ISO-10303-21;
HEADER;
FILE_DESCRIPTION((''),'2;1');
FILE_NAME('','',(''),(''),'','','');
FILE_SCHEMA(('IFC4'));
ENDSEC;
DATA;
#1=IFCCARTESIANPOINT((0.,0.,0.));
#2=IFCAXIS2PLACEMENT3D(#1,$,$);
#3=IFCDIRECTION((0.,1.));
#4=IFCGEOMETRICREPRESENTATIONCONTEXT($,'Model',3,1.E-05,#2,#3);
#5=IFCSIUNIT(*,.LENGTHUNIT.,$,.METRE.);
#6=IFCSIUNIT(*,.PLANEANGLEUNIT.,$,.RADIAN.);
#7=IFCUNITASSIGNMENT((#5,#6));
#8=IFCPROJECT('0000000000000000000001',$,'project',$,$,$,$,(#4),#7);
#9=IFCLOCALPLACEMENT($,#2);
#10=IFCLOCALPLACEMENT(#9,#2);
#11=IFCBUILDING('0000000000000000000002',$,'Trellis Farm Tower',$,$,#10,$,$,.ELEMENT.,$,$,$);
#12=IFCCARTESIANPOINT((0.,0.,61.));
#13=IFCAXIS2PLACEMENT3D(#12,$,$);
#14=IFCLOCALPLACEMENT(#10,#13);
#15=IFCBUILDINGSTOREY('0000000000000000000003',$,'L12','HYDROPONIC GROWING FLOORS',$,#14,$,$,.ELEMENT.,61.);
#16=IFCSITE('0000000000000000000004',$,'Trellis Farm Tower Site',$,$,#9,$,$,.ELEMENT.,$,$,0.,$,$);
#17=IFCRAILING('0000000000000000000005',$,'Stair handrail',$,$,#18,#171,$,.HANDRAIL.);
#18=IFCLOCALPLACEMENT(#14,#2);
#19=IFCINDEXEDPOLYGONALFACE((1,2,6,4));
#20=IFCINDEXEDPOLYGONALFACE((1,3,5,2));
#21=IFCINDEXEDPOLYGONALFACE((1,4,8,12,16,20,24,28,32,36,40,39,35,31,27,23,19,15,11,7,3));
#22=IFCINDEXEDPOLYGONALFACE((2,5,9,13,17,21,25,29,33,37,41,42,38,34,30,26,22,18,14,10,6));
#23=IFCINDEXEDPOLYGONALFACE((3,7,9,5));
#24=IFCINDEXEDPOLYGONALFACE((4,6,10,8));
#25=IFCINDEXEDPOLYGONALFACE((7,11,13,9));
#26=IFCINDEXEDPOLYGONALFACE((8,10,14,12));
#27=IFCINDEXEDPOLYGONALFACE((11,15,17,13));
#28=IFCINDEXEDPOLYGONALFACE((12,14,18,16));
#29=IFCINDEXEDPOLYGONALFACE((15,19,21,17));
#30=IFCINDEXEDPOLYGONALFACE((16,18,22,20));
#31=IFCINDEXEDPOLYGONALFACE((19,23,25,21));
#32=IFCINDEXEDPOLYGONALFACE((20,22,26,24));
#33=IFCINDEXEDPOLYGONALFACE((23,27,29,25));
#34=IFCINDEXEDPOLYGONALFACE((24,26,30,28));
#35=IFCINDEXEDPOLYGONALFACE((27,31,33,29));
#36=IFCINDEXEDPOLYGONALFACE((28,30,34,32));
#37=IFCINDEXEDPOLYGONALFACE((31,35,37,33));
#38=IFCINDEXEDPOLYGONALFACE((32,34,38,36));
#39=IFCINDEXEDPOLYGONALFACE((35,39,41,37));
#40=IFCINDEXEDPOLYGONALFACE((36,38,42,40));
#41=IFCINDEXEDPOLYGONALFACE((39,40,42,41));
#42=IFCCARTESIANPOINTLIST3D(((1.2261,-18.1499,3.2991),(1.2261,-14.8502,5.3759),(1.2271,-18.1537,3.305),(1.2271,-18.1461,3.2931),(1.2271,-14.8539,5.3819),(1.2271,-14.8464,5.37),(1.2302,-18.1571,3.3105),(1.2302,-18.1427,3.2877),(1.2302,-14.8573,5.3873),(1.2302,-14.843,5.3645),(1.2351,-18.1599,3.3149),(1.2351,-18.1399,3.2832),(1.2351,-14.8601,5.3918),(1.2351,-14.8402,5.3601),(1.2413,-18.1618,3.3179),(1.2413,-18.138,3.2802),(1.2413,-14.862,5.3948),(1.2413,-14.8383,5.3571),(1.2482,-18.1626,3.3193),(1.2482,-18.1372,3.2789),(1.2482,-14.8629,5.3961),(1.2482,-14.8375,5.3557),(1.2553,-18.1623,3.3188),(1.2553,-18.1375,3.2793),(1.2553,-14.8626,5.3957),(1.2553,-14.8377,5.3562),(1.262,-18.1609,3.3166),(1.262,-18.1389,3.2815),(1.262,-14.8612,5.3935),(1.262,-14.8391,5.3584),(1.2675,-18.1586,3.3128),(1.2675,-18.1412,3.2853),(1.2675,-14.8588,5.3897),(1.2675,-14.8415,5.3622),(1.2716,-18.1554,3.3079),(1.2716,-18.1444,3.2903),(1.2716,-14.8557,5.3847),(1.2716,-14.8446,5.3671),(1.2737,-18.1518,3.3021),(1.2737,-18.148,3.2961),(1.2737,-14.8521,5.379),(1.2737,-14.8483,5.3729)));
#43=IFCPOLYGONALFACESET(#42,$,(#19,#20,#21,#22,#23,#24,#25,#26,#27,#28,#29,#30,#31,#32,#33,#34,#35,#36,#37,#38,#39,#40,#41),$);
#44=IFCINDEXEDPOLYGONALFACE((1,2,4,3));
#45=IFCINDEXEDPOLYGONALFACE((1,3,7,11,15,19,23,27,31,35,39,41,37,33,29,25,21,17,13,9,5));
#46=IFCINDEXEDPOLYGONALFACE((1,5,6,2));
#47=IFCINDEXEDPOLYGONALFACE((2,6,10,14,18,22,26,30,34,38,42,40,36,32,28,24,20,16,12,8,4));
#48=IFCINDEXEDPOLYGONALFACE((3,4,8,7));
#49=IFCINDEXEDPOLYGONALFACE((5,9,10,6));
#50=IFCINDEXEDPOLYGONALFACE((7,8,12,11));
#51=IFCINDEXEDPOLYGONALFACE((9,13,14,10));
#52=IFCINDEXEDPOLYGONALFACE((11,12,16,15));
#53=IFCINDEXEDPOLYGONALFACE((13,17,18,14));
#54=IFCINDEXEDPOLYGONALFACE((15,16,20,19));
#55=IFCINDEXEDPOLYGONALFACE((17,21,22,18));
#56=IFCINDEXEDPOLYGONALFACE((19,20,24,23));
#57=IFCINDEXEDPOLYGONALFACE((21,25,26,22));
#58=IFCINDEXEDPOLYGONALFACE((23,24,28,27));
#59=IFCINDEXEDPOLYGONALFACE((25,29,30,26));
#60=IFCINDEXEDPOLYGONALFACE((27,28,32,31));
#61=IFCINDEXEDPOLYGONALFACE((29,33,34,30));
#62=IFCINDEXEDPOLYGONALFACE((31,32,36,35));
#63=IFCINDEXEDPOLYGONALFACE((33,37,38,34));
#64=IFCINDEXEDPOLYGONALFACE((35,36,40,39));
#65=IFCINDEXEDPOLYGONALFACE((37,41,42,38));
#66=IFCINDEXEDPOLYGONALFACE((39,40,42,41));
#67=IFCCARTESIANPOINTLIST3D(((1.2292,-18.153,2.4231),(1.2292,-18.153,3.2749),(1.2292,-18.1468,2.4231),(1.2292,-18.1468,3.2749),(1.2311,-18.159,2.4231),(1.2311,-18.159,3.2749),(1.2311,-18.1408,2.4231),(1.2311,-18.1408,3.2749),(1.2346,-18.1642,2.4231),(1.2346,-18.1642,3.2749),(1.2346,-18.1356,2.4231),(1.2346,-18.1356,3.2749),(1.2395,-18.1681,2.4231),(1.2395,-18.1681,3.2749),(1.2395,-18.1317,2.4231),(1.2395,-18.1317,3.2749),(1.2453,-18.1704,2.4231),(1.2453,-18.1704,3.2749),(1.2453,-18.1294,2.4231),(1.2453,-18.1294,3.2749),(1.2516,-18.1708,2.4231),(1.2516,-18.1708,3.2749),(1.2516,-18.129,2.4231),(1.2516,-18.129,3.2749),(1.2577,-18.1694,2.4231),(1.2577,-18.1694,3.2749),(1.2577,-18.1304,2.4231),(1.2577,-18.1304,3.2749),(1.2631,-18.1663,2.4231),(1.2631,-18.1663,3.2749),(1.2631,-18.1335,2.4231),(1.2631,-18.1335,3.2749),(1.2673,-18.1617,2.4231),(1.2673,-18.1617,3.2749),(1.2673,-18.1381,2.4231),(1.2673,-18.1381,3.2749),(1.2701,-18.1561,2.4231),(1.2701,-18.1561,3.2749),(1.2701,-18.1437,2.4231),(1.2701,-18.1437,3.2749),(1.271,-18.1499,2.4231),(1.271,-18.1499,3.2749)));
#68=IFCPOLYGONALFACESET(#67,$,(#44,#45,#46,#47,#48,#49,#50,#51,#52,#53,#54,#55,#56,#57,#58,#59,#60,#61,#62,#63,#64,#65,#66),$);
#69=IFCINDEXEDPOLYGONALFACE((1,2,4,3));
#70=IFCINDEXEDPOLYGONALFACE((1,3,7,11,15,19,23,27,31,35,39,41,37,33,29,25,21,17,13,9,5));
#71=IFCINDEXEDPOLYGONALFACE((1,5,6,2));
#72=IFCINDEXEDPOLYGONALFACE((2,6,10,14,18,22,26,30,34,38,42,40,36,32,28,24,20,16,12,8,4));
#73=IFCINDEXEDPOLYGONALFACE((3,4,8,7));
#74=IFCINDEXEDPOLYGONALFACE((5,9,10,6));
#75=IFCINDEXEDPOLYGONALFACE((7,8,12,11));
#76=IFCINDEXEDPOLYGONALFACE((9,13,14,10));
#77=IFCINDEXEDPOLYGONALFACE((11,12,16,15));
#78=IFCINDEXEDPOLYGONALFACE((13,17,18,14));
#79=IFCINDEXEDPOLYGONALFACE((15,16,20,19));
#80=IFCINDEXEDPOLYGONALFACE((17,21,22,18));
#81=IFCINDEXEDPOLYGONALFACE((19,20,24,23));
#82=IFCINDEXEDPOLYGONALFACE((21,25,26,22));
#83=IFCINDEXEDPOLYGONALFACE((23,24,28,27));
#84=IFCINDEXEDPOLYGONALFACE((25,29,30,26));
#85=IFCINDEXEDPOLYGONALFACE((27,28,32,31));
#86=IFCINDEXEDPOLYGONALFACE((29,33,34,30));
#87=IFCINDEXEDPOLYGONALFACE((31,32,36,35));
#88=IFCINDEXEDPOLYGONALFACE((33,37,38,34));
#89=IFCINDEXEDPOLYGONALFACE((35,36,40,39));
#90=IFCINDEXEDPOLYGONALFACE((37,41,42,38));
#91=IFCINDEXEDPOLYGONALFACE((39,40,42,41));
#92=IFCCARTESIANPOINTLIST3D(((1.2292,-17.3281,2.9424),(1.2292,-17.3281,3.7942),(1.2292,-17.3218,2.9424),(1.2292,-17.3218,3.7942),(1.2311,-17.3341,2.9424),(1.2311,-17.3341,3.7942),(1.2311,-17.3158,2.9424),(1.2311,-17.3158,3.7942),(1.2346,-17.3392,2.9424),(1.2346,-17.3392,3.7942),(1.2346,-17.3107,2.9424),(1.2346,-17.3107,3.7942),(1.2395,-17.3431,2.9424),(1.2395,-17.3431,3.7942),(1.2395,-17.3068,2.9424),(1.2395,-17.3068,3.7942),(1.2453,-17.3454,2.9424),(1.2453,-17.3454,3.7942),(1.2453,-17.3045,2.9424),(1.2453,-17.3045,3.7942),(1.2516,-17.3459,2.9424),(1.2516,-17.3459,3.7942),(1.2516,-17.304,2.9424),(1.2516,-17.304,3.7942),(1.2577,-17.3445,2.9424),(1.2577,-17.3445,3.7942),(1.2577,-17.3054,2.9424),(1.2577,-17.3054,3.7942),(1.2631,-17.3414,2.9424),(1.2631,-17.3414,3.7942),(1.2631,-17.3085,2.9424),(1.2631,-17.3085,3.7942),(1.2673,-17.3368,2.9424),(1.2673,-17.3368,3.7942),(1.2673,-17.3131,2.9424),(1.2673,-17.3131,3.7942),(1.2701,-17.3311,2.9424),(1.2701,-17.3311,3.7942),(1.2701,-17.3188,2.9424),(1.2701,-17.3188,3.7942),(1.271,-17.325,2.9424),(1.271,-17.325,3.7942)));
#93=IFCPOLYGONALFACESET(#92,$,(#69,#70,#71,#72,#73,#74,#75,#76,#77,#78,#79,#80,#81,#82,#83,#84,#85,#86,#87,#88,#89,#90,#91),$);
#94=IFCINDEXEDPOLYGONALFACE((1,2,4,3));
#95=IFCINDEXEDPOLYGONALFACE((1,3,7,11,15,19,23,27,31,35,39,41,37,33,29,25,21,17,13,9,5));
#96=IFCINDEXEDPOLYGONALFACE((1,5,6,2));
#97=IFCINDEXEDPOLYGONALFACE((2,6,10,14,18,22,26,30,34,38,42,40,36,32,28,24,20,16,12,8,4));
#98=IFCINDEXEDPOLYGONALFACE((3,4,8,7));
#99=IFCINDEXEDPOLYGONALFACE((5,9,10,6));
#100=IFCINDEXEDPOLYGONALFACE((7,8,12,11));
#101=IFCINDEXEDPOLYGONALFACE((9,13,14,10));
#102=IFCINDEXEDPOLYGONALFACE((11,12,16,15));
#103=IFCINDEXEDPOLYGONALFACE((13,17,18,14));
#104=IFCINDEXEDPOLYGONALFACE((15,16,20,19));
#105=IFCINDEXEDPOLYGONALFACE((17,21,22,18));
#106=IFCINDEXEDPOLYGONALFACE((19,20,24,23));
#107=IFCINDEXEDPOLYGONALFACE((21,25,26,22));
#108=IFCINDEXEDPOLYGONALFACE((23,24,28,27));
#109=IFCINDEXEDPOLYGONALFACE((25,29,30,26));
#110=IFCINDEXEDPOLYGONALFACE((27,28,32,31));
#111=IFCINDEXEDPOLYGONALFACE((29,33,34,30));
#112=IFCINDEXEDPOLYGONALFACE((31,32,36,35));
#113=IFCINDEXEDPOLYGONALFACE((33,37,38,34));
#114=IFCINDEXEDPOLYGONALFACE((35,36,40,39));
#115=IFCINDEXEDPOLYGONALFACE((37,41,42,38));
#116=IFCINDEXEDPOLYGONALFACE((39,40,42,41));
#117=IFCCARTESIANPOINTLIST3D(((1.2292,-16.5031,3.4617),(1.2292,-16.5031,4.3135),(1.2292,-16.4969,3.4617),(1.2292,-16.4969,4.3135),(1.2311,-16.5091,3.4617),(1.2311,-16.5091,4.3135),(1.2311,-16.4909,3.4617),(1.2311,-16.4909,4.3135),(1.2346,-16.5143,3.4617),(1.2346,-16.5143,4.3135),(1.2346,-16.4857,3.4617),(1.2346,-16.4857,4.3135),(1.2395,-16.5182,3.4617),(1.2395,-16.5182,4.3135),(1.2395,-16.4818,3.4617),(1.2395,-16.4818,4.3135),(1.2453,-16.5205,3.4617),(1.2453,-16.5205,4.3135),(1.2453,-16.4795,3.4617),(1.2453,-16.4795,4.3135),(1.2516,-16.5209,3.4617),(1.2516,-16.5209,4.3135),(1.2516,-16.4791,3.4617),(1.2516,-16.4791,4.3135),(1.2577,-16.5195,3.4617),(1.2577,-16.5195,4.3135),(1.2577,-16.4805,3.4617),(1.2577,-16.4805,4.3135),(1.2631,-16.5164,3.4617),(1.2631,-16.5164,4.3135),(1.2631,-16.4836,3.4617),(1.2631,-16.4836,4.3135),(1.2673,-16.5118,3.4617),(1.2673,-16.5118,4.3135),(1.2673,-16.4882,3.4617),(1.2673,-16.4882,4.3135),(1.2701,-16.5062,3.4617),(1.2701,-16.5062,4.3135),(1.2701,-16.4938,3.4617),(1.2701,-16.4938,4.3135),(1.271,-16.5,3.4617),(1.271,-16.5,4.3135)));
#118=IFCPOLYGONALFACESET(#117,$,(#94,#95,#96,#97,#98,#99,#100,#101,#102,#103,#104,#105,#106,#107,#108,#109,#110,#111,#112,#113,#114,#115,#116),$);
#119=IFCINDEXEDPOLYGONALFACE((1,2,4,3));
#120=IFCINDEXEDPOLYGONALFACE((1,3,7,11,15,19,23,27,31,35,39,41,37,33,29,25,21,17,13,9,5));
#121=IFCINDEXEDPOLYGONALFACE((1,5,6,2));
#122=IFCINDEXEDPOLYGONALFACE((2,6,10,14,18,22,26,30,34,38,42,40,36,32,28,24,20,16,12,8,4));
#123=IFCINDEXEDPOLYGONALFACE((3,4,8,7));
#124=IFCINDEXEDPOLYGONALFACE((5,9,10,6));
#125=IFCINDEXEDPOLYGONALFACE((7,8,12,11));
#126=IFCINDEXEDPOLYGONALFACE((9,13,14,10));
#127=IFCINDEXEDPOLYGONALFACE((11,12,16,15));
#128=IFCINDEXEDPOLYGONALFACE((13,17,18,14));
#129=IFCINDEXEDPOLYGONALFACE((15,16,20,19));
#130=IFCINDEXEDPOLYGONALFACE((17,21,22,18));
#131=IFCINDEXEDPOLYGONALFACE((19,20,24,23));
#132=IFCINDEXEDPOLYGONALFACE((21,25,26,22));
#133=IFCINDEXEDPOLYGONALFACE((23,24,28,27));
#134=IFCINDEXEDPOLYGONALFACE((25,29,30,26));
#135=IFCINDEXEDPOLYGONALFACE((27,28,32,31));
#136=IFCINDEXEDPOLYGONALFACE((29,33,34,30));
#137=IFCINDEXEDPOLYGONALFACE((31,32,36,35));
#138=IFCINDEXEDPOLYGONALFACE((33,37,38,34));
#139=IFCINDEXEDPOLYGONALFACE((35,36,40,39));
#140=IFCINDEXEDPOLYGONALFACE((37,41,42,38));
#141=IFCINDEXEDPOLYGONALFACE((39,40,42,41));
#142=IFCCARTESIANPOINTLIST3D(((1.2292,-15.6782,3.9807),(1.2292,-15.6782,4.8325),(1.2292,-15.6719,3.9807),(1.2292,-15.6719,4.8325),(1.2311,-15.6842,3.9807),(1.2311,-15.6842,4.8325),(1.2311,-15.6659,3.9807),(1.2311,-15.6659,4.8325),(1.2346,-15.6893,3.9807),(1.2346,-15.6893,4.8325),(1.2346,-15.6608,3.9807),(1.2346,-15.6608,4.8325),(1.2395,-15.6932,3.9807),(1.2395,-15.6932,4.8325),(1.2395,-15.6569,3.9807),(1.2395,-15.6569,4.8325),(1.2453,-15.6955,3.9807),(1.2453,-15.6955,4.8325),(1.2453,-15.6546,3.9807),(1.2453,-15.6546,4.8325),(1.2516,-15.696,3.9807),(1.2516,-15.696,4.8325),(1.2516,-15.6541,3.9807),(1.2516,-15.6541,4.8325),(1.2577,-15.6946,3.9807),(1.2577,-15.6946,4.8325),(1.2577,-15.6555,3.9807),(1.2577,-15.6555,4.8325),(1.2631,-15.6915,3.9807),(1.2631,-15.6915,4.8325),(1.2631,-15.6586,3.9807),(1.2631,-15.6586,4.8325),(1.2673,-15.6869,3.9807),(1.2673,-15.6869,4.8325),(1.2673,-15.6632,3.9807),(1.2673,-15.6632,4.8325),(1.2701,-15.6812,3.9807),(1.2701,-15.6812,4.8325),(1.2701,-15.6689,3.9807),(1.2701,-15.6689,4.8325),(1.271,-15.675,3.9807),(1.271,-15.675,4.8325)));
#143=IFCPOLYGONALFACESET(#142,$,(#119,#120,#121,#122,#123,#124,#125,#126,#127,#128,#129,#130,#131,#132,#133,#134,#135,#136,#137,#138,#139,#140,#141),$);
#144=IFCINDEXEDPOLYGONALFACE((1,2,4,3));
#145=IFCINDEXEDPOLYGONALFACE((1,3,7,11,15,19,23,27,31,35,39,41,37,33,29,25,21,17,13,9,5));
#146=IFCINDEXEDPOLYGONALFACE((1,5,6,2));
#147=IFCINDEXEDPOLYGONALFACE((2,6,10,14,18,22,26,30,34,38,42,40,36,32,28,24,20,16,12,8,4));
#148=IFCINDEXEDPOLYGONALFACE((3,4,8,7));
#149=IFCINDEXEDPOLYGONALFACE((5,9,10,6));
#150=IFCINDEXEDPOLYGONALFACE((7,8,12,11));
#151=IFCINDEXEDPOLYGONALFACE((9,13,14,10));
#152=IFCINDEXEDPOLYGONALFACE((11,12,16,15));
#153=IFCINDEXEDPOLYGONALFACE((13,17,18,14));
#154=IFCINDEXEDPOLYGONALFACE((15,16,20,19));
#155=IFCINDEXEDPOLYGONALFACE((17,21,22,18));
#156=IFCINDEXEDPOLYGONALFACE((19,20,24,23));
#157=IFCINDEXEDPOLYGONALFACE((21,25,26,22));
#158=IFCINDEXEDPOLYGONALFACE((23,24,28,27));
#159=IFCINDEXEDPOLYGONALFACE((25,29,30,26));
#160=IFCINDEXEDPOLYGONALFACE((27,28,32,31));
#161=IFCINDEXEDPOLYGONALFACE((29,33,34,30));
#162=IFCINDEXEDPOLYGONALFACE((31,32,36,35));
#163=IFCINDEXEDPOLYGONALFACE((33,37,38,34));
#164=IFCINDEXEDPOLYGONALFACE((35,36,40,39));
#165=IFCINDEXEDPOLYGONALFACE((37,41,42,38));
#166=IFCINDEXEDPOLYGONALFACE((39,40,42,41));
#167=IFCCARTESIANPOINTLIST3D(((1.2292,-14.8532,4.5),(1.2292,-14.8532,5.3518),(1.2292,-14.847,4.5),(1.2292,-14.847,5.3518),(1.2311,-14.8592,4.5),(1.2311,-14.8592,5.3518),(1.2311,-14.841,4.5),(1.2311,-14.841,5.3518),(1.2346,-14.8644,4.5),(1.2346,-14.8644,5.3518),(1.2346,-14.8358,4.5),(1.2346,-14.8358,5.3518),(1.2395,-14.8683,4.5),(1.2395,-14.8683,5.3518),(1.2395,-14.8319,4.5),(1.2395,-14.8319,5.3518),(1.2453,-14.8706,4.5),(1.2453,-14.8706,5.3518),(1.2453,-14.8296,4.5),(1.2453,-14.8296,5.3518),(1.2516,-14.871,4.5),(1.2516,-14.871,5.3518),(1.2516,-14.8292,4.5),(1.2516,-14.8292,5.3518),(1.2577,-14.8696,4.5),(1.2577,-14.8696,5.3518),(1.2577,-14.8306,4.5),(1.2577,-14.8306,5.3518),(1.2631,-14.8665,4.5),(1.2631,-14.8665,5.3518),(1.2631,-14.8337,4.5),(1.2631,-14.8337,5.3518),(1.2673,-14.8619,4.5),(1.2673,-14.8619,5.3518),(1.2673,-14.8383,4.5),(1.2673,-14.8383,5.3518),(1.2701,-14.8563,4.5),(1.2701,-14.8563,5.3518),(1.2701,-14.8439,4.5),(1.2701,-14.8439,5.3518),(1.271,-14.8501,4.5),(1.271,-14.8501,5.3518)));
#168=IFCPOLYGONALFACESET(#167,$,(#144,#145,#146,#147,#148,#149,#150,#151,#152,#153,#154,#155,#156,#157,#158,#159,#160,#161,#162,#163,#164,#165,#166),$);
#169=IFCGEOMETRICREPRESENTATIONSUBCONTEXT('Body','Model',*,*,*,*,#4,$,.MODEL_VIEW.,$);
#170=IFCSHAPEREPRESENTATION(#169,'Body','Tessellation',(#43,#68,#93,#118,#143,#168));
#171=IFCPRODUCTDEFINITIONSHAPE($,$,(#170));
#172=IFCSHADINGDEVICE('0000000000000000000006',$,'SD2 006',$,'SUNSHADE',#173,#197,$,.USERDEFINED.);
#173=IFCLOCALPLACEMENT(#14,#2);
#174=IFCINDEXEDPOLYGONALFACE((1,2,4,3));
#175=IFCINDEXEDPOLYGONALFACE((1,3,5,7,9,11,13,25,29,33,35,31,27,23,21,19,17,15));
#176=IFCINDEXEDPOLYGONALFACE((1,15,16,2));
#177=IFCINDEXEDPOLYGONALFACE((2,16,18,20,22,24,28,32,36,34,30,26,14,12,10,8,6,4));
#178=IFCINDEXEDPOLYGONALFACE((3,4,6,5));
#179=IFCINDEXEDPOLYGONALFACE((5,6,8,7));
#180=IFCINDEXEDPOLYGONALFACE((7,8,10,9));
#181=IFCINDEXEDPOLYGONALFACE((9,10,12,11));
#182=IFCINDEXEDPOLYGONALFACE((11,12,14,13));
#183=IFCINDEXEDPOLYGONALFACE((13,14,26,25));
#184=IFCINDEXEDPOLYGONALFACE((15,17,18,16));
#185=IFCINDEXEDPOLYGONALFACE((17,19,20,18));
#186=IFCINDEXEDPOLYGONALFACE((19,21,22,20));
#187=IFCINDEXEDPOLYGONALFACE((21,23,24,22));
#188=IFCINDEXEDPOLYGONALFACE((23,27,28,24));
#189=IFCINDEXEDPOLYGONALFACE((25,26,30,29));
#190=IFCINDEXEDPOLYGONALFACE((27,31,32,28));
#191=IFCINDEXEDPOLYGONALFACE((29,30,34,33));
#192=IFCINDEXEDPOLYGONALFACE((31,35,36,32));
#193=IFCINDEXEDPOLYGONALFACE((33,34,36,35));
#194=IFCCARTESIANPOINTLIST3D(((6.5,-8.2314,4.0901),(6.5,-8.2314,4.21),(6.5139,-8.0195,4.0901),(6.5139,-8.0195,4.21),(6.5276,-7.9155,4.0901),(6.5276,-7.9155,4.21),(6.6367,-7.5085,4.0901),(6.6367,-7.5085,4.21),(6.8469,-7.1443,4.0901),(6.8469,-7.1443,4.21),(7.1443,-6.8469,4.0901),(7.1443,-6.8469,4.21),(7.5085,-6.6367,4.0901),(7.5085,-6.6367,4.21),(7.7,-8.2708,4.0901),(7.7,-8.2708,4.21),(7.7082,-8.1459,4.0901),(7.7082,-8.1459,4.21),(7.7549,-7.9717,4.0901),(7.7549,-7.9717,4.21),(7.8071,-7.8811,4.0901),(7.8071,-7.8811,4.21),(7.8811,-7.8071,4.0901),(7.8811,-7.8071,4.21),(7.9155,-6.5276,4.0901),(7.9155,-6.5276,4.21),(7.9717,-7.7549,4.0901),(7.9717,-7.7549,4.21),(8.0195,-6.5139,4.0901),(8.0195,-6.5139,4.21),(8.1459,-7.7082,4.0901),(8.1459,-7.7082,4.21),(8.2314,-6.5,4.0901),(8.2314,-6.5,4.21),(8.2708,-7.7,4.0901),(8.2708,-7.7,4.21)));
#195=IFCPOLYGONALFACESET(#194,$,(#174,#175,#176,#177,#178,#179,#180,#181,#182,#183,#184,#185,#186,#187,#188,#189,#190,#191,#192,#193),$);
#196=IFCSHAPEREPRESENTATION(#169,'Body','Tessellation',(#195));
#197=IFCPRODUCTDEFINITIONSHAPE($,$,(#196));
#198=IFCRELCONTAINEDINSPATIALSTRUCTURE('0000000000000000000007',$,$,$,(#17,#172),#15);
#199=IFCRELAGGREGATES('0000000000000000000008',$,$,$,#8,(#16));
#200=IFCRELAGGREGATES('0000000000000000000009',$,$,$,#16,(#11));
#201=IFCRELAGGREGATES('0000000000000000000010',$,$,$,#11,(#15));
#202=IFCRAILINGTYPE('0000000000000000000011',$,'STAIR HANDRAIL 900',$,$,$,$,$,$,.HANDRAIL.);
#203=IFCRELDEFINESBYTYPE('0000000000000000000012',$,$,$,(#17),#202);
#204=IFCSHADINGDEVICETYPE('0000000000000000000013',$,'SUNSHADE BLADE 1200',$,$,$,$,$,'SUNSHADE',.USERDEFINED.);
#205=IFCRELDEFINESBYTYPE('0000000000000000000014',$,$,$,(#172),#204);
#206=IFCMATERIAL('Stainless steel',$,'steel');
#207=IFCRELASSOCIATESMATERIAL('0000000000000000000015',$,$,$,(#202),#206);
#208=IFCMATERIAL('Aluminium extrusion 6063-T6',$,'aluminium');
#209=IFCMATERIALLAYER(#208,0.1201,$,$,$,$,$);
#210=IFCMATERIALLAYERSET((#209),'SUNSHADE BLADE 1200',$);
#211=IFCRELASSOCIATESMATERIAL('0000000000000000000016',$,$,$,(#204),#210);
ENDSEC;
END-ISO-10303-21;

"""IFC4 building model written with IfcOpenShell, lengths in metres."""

from ifc_helpers import new_model, si_unit, direction, frame, origin, origin_2d, place, context, subcontext, project, spatial, polyline, circle, outline, extrude, source, transform, mapped, material, layer, layer_set, type_object, element, save


model = new_model("IFC4")

# Units and contexts
model_context = context("Model", 3, precision=1e-05, world=origin(), true_north=direction((0.0, 1.0)))
body_context = subcontext(model_context, "Body", "Model", "MODEL_VIEW")
ifc_project = project(units=[si_unit("LENGTHUNIT", "METRE"), si_unit("PLANEANGLEUNIT", "RADIAN")], contexts=[model_context])

# Site, building, storey
site_placement = place(None, origin())
site = spatial("IfcSite", under=ifc_project, at=site_placement, Name="Trellis Farm Tower Site", CompositionType="ELEMENT", RefElevation=0.0)
building_placement = place(site_placement, origin())
building = spatial("IfcBuilding", under=site, at=building_placement, Name="Trellis Farm Tower", CompositionType="ELEMENT")
storey_placement = place(building_placement, frame((0.0, 0.0, 61.0)))
storey = spatial("IfcBuildingStorey", under=building, at=storey_placement, Name="L12", Description="HYDROPONIC GROWING FLOORS", CompositionType="ELEMENT", Elevation=61.0)

# Shared definitions
ifc_material_1 = material(Name="Aluminium extrusion 6063-T6", Category="aluminium")

# Railing
ifc_material_2 = material(Name="Stainless steel", Category="steel")
railing_type = type_object("IfcRailingType", Name="STAIR HANDRAIL 900", PredefinedType="HANDRAIL", material=ifc_material_2)
shared_shape_1 = source(origin(), body_context, "Body", "SweptSolid", [
    extrude(circle(Radius=0.0239, at=origin_2d()), frame((0.0, 0.0, 0.876), z_axis=(0.0, 0.84632, 0.532675), x_axis=(-1.0, 0.0, 0.0)), (0.0, 0.0, 1.0), 3.8989),
    extrude(circle(Radius=0.021, at=origin_2d()), origin(), (0.0, 0.0, 1.0), 0.8518),
    extrude(circle(Radius=0.021, at=origin_2d()), frame((0.0, 0.825, 0.5193)), (0.0, 0.0, 1.0), 0.8518),
    extrude(circle(Radius=0.021, at=origin_2d()), frame((0.0, 1.6499, 1.0386)), (0.0, 0.0, 1.0), 0.8518),
    extrude(circle(Radius=0.021, at=origin_2d()), frame((0.0, 2.4749, 1.5576)), (0.0, 0.0, 1.0), 0.8518),
    extrude(circle(Radius=0.021, at=origin_2d()), frame((0.0, 3.2998, 2.0769)), (0.0, 0.0, 1.0), 0.8518),
])
railing_placement = place(storey_placement, frame((1.25, -18.1499, 2.4231)))
element("IfcRailing", 1, at=railing_placement, inside=storey, type_object=railing_type, Name="Stair handrail", PredefinedType="HANDRAIL", context=body_context, shape_type="MappedRepresentation", body=[
    mapped(shared_shape_1, transform((0.0, 0.0, 0.0))),
])

# Shading device
ifc_layer_1 = layer(ifc_material_1, 0.1201)
ifc_layer_set_1 = layer_set([ifc_layer_1], Name="SUNSHADE BLADE 1200")
shading_device_type = type_object("IfcShadingDeviceType", Name="SUNSHADE BLADE 1200", ElementType="SUNSHADE", PredefinedType="USERDEFINED", material=ifc_layer_set_1)
shared_shape_2 = source(origin(), body_context, "Body", "SweptSolid", [
    extrude(outline(polyline([(7.7, -8.2708), (7.7087, -8.1372), (7.707, -8.1501), (7.7549, -7.9717), (7.8071, -7.8811), (7.8811, -7.8071), (7.9717, -7.7549), (8.1501, -7.707), (8.1372, -7.7087), (8.2708, -7.7), (8.2314, -6.5), (8.0195, -6.5139), (7.9155, -6.5276), (7.5085, -6.6367), (7.1443, -6.8469), (6.8469, -7.1443), (6.6367, -7.5085), (6.5276, -7.9155), (6.5139, -8.0195), (6.5, -8.2314), (7.7, -8.2708)])), origin(), (0.0, 0.0, 1.0), 0.1199),
])
shading_device_placement = place(storey_placement, frame((0.0, 0.0, 4.0901)))
element("IfcShadingDevice", 2, at=shading_device_placement, inside=storey, type_object=shading_device_type, Name="SD2 006", ObjectType="SUNSHADE", PredefinedType="USERDEFINED", context=body_context, shape_type="MappedRepresentation", body=[
    mapped(shared_shape_2, transform((0.0, 0.0, 0.0))),
])

save(model, "model.ifc")
